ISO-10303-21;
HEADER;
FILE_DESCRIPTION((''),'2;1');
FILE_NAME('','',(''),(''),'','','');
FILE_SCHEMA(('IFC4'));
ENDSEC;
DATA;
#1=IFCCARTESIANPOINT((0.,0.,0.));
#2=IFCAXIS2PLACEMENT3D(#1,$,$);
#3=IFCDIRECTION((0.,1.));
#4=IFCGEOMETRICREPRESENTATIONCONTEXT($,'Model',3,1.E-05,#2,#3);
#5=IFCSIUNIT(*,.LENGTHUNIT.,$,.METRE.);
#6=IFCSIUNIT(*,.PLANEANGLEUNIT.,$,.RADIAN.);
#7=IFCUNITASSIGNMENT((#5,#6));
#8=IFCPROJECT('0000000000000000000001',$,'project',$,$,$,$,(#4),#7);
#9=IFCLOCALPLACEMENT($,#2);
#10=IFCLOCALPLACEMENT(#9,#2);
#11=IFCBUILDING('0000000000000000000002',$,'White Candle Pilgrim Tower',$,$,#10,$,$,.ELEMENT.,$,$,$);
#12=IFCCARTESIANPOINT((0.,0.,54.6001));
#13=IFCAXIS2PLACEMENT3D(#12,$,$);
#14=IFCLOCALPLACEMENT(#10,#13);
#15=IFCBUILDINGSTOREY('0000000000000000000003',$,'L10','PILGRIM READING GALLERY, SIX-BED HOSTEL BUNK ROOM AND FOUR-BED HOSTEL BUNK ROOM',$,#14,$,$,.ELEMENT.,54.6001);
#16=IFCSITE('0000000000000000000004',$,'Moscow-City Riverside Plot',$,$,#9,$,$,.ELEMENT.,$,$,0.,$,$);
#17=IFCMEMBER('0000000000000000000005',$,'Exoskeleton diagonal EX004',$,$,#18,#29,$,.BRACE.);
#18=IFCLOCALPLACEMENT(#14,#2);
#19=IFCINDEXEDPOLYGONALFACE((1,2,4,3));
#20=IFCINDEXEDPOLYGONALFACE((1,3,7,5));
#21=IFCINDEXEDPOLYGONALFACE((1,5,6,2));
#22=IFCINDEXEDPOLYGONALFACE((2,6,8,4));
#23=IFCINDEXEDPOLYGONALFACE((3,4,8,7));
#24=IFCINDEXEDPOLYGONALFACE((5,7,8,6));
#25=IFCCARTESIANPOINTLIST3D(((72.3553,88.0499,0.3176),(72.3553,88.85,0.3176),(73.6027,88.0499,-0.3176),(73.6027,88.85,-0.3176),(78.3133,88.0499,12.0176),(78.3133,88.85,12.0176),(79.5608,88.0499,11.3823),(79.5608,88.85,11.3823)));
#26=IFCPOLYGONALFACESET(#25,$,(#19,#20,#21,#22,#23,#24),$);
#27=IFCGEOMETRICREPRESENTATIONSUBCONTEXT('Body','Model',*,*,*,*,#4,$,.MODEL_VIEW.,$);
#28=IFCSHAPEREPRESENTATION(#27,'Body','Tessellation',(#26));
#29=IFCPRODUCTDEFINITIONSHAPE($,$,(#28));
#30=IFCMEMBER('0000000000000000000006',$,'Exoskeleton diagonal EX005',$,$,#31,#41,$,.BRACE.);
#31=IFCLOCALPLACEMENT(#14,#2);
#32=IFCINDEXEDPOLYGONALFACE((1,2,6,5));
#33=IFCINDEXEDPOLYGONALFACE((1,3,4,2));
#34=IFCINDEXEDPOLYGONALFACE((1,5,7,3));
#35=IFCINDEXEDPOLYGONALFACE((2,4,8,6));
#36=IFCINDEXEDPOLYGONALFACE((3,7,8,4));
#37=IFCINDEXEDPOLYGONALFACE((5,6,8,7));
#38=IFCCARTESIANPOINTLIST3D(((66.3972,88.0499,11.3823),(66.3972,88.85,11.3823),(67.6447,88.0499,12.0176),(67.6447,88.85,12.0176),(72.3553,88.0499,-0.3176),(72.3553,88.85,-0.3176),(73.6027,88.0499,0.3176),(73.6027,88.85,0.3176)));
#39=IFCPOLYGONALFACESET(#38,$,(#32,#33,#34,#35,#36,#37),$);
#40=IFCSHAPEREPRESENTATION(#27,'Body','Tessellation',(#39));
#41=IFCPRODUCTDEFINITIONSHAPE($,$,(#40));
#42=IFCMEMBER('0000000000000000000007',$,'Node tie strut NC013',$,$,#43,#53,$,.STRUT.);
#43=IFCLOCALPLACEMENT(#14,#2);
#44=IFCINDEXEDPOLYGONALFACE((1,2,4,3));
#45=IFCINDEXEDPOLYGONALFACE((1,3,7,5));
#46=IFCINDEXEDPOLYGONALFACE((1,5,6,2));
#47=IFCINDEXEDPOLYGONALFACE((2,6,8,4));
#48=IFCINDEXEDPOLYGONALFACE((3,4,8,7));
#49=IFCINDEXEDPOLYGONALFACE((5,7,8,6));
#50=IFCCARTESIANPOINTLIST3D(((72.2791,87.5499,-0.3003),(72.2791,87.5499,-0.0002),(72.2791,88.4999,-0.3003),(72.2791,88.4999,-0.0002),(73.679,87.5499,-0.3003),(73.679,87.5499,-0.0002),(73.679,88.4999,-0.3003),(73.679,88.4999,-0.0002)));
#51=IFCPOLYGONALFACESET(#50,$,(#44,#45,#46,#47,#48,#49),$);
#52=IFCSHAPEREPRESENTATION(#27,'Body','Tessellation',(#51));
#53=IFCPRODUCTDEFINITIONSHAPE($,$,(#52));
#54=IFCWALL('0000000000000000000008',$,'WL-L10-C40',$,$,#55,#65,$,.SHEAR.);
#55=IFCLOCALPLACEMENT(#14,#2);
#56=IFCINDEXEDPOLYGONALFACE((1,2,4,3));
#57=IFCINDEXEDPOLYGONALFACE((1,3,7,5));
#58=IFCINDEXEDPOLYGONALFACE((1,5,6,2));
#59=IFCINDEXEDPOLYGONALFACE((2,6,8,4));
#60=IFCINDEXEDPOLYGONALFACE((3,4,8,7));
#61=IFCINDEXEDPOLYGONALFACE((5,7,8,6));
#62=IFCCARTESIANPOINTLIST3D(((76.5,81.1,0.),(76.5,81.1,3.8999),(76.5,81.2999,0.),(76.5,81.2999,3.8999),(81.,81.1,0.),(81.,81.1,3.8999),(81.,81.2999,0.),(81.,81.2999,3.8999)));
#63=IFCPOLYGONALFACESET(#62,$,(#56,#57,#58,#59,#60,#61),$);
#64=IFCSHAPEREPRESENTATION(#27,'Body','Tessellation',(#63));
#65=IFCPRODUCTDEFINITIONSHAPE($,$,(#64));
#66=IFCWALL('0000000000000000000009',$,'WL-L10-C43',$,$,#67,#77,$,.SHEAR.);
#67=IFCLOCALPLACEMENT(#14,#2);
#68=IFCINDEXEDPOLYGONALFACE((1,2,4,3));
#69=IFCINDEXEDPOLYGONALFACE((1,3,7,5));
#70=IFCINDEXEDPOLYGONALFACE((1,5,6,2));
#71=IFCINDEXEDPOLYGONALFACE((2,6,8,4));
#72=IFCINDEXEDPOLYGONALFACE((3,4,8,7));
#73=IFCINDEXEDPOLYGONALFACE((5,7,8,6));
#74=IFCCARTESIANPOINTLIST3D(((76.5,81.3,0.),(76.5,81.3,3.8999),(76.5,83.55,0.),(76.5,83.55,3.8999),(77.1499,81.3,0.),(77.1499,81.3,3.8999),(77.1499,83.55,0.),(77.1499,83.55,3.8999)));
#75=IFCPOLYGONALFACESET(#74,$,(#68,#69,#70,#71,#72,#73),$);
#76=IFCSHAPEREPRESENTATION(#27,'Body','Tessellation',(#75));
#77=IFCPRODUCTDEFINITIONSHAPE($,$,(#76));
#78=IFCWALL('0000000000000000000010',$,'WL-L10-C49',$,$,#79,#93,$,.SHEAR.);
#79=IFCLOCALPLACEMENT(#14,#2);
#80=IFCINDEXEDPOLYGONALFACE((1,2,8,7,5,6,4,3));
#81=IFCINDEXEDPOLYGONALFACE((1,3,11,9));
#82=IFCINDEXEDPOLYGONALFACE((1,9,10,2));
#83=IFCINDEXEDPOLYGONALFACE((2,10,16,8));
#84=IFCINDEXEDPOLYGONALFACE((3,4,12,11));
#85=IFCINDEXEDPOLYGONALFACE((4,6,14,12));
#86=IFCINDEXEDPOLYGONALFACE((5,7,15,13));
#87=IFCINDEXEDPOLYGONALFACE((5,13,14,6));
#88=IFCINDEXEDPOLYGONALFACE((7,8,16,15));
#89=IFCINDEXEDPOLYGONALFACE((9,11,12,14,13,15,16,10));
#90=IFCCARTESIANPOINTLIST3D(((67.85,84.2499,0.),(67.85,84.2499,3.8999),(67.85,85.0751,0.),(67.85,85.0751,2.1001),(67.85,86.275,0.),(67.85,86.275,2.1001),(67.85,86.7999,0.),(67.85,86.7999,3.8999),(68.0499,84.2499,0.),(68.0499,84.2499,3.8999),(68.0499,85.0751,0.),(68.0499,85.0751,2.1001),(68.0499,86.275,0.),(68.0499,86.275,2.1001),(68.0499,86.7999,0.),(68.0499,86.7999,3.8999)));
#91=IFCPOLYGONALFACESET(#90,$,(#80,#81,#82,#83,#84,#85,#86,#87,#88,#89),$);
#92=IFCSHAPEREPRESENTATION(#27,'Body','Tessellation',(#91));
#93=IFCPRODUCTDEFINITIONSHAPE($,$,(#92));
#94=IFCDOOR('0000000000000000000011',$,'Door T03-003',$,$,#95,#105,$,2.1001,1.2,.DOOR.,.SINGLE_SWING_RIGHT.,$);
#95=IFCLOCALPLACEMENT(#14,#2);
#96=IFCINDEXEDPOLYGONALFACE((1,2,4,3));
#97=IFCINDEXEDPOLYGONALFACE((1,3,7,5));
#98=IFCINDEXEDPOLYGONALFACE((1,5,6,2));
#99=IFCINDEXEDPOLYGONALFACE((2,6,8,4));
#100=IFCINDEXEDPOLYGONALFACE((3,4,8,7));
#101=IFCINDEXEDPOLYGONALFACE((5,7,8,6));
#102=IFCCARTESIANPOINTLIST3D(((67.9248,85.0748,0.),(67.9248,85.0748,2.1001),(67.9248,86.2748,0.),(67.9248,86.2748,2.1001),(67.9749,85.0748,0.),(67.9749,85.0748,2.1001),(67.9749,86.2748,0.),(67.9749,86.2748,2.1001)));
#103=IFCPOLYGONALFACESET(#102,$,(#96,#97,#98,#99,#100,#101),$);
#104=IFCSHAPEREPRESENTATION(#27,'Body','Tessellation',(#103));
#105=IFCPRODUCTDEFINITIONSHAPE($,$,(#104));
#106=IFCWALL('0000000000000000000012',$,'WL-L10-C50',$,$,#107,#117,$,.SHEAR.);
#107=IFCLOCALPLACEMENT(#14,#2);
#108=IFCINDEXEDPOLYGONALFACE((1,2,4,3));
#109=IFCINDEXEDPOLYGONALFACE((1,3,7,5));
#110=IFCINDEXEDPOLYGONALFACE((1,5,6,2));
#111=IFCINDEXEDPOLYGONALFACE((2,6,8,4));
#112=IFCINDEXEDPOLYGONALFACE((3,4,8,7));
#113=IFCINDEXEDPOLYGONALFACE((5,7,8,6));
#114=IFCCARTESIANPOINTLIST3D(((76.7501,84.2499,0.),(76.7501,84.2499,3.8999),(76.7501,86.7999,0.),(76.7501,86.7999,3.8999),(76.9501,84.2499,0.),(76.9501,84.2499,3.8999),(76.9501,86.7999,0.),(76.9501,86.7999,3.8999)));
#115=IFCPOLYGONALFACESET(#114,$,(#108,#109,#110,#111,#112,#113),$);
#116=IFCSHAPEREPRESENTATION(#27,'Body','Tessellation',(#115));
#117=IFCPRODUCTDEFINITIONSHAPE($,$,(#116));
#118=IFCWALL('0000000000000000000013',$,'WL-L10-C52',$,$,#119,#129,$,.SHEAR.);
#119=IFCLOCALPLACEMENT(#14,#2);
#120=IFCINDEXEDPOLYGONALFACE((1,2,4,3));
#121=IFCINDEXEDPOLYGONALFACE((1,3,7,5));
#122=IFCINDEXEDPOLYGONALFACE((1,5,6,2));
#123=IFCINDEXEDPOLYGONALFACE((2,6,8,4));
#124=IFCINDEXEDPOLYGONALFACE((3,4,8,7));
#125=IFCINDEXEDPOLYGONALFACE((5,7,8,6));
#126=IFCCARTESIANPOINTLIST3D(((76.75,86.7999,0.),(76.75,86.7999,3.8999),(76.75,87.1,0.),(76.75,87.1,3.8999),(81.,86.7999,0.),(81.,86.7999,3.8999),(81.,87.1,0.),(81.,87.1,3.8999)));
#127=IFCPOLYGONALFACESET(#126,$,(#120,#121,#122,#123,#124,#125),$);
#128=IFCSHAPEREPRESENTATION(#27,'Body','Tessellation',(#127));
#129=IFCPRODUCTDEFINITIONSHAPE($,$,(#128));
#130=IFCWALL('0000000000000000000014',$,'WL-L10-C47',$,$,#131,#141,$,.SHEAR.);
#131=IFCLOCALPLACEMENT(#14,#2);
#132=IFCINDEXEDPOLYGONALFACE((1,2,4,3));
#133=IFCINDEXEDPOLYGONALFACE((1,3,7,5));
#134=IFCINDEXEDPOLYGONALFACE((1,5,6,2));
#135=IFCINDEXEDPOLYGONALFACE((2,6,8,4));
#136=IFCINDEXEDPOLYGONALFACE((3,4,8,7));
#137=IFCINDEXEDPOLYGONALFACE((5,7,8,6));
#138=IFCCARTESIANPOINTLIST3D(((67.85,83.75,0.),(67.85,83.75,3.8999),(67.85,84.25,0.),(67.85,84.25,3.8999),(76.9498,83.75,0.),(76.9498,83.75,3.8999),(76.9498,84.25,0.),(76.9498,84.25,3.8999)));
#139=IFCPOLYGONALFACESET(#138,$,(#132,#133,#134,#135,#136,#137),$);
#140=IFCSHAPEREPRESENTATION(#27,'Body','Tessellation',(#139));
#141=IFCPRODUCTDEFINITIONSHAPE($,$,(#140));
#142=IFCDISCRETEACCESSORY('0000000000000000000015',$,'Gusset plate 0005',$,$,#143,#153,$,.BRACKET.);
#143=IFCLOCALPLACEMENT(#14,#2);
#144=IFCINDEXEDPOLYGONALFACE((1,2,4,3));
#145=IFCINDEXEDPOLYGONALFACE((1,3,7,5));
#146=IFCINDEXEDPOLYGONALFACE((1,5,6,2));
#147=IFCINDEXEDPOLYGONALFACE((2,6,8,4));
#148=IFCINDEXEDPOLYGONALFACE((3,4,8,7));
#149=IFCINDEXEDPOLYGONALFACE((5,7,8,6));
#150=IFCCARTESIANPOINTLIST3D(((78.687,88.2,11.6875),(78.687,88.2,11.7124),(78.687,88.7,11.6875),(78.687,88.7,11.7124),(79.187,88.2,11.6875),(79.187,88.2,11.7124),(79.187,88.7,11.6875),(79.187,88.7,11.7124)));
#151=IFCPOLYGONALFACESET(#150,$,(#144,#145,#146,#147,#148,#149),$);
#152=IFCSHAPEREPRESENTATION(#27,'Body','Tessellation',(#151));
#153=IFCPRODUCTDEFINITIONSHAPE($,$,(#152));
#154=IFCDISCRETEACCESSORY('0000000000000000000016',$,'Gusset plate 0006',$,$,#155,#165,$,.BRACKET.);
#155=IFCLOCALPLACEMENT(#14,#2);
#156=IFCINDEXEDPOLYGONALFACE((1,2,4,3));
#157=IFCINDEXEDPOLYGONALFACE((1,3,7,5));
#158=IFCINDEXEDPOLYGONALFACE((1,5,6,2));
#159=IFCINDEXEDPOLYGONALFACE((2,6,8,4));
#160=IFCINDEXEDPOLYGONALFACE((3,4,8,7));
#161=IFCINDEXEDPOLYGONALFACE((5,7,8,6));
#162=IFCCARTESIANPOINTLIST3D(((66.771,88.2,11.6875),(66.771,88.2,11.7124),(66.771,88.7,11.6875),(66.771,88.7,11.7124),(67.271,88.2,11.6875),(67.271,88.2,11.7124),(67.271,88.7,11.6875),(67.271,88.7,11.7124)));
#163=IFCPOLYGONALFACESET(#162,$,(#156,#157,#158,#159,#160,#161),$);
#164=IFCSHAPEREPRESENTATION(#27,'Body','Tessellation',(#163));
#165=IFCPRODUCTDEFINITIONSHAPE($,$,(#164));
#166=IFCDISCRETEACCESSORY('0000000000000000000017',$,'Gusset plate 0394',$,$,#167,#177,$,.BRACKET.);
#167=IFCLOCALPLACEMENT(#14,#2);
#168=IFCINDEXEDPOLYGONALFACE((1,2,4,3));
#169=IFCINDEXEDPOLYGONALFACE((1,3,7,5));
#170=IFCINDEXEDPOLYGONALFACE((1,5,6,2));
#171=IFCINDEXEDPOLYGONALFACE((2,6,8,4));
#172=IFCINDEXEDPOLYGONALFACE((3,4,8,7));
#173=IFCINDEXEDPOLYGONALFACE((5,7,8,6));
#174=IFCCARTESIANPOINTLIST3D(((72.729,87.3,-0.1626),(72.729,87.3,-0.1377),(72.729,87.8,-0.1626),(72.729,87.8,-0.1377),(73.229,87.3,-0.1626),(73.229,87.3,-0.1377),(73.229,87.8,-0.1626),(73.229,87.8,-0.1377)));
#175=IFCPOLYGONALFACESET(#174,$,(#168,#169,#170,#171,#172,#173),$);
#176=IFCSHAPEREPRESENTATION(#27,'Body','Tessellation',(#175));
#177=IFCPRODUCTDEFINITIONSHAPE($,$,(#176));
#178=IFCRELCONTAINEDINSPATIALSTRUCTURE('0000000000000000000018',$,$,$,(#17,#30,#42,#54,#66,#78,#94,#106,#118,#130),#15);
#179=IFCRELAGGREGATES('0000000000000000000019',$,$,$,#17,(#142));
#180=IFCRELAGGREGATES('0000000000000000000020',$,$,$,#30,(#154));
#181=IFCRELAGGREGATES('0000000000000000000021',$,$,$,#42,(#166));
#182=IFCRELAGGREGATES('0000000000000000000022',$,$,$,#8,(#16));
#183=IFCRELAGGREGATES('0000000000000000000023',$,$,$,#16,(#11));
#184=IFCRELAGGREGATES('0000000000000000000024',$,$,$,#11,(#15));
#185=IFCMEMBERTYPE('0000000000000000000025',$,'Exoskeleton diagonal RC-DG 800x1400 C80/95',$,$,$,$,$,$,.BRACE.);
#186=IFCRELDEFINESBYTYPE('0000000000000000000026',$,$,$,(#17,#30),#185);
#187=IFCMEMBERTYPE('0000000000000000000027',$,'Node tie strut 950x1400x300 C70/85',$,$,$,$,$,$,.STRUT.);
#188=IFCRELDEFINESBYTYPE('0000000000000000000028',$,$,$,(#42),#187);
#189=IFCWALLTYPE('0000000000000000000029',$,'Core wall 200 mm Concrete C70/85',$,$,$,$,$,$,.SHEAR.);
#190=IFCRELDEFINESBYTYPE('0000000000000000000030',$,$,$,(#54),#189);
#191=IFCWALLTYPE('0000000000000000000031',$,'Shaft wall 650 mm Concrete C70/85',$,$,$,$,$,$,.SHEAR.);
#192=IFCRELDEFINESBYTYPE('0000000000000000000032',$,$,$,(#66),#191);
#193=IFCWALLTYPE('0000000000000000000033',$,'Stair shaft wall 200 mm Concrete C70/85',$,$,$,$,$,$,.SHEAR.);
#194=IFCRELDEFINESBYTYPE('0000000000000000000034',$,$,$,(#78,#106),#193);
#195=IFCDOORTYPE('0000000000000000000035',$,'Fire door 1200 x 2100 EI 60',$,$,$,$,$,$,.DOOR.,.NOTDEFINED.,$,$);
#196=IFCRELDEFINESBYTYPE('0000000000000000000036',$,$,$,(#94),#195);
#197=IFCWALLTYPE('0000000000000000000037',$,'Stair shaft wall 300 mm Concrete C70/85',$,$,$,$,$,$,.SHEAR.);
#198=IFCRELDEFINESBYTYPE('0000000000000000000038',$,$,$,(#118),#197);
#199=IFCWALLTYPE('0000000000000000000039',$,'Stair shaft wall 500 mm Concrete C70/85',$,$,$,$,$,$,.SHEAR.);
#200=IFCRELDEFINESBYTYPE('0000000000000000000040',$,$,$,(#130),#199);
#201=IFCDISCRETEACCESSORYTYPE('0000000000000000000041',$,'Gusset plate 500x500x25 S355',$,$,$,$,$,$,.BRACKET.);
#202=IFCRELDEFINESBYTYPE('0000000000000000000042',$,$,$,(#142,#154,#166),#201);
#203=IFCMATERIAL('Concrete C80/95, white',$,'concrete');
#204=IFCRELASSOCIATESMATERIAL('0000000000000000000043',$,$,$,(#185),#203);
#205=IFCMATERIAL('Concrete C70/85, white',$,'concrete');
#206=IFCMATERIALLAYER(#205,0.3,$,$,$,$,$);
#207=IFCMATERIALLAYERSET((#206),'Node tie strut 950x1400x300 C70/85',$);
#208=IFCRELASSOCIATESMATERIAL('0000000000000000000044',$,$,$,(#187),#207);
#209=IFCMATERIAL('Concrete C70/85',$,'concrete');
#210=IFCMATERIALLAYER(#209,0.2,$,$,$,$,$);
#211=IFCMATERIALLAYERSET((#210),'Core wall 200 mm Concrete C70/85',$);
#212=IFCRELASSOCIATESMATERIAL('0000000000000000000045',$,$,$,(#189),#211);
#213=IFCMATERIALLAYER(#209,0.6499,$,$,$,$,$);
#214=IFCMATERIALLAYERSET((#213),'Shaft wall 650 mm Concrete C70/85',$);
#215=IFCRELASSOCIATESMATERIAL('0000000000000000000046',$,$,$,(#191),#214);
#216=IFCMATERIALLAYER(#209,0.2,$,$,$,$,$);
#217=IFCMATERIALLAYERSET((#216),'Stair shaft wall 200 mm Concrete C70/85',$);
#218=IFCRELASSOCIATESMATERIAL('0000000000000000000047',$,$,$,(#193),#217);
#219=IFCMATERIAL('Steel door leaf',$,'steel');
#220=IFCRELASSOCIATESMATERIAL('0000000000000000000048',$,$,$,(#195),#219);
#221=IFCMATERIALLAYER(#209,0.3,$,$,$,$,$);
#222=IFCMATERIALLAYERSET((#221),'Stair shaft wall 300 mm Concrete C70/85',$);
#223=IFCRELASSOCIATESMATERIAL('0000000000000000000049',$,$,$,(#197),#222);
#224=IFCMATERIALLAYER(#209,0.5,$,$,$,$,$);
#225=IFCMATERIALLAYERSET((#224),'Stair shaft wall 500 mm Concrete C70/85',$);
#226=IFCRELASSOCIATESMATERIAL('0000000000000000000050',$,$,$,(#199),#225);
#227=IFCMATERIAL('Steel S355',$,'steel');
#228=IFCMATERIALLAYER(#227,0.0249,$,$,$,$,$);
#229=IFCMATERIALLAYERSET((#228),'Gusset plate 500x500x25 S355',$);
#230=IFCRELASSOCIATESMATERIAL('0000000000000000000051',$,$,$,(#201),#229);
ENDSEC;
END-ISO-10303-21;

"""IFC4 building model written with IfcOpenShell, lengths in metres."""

from ifc_helpers import new_model, si_unit, direction, frame, frame_2d, origin, origin_2d, place, context, subcontext, project, spatial, rectangle, extrude, material, layer, layer_set, material_profile, profile_set, type_object, element, fill, aggregate, save


model = new_model("IFC4")

# Units and contexts
model_context = context("Model", 3, precision=1e-05, world=origin(), true_north=direction((0.0, 1.0)))
body_context = subcontext(model_context, "Body", "Model", "MODEL_VIEW")
ifc_project = project(units=[si_unit("LENGTHUNIT", "METRE"), si_unit("PLANEANGLEUNIT", "RADIAN")], contexts=[model_context])

# Site, building, storey
site_placement = place(None, origin())
site = spatial("IfcSite", under=ifc_project, at=site_placement, Name="Moscow-City Riverside Plot", CompositionType="ELEMENT", RefElevation=0.0)
building_placement = place(site_placement, origin())
building = spatial("IfcBuilding", under=site, at=building_placement, Name="White Candle Pilgrim Tower", CompositionType="ELEMENT")
storey_placement = place(building_placement, frame((0.0, 0.0, 54.6001)))
storey = spatial("IfcBuildingStorey", under=building, at=storey_placement, Name="L10", Description="PILGRIM READING GALLERY, SIX-BED HOSTEL BUNK ROOM AND FOUR-BED HOSTEL BUNK ROOM", CompositionType="ELEMENT", Elevation=54.6001)

# Members
ifc_material_1 = material(Name="Concrete C80/95, white", Category="concrete")
ifc_material_profile = material_profile(ifc_material_1, rectangle(XDim=0.8, YDim=1.3999, at=origin_2d()), Name="RC-DG 800x1400")
ifc_profile_set = profile_set([ifc_material_profile], Name="Concrete C80/95, white")
member_type_1 = type_object("IfcMemberType", Name="Exoskeleton diagonal RC-DG 800x1400 C80/95", PredefinedType="BRACE", material=ifc_profile_set)
member_1_placement = place(storey_placement, frame((72.979, 88.45, 0.0), z_axis=(0.453784, 0.0, 0.891112), x_axis=(0.0, 1.0, 0.0)))
member_1 = element("IfcMember", 1, at=member_1_placement, inside=storey, type_object=member_type_1, Name="Exoskeleton diagonal EX004", PredefinedType="BRACE", context=body_context, shape_type="SweptSolid", body=[
    extrude(rectangle(XDim=0.8, YDim=1.3999, at=origin_2d()), origin(), (0.0, 0.0, 1.0), 13.1296),
])
member_2_placement = place(storey_placement, frame((72.979, 88.45, 0.0), z_axis=(-0.453784, 0.0, 0.891112), x_axis=(0.0, -1.0, 0.0)))
member_2 = element("IfcMember", 2, at=member_2_placement, inside=storey, type_object=member_type_1, Name="Exoskeleton diagonal EX005", PredefinedType="BRACE", context=body_context, shape_type="SweptSolid", body=[
    extrude(rectangle(XDim=0.8, YDim=1.3999, at=origin_2d()), origin(), (0.0, 0.0, 1.0), 13.1296),
])
ifc_material_2 = material(Name="Concrete C70/85, white", Category="concrete")
ifc_layer_1 = layer(ifc_material_2, 0.3)
ifc_layer_set_1 = layer_set([ifc_layer_1], Name="Node tie strut 950x1400x300 C70/85")
member_type_2 = type_object("IfcMemberType", Name="Node tie strut 950x1400x300 C70/85", PredefinedType="STRUT", material=ifc_layer_set_1)
member_3_placement = place(storey_placement, frame((72.979, 88.0249, -0.3003), z_axis=(0.0, 0.0, 1.0), x_axis=(-1.0, 0.0, 0.0)))
member_3 = element("IfcMember", 3, at=member_3_placement, inside=storey, type_object=member_type_2, Name="Node tie strut NC013", PredefinedType="STRUT", context=body_context, shape_type="SweptSolid", body=[
    extrude(rectangle(XDim=1.3999, YDim=0.95, at=origin_2d()), origin(), (0.0, 0.0, 1.0), 0.3),
])

# Walls
ifc_material_3 = material(Name="Concrete C70/85", Category="concrete")
ifc_layer_2 = layer(ifc_material_3, 0.2)
ifc_layer_set_2 = layer_set([ifc_layer_2], Name="Core wall 200 mm Concrete C70/85")
wall_type_1 = type_object("IfcWallType", Name="Core wall 200 mm Concrete C70/85", PredefinedType="SHEAR", material=ifc_layer_set_2)
wall_1_placement = place(storey_placement, frame((76.5, 81.2, 0.0), z_axis=(0.0, 0.0, 1.0), x_axis=(1.0, 0.0, 0.0)))
element("IfcWall", 4, at=wall_1_placement, inside=storey, type_object=wall_type_1, Name="WL-L10-C40", PredefinedType="SHEAR", context=body_context, shape_type="SweptSolid", body=[
    extrude(rectangle(XDim=4.5, YDim=0.2, at=frame_2d((2.25, 0.0))), origin(), (0.0, 0.0, 1.0), 3.8999),
])
ifc_layer_3 = layer(ifc_material_3, 0.6499)
ifc_layer_set_3 = layer_set([ifc_layer_3], Name="Shaft wall 650 mm Concrete C70/85")
wall_type_2 = type_object("IfcWallType", Name="Shaft wall 650 mm Concrete C70/85", PredefinedType="SHEAR", material=ifc_layer_set_3)
wall_2_placement = place(storey_placement, frame((76.825, 81.3, 0.0), z_axis=(0.0, 0.0, 1.0), x_axis=(0.0, 1.0, 0.0)))
element("IfcWall", 5, at=wall_2_placement, inside=storey, type_object=wall_type_2, Name="WL-L10-C43", PredefinedType="SHEAR", context=body_context, shape_type="SweptSolid", body=[
    extrude(rectangle(XDim=2.25, YDim=0.6499, at=frame_2d((1.125, 0.0))), origin(), (0.0, 0.0, 1.0), 3.8999),
])

# Wall, opening, door
ifc_layer_4 = layer(ifc_material_3, 0.2)
ifc_layer_set_4 = layer_set([ifc_layer_4], Name="Stair shaft wall 200 mm Concrete C70/85")
wall_type_3 = type_object("IfcWallType", Name="Stair shaft wall 200 mm Concrete C70/85", PredefinedType="SHEAR", material=ifc_layer_set_4)
wall_3_placement = place(storey_placement, frame((67.95, 84.25, 0.0), z_axis=(0.0, 0.0, 1.0), x_axis=(0.0, 1.0, 0.0)))
wall_3 = element("IfcWall", 6, at=wall_3_placement, inside=storey, type_object=wall_type_3, Name="WL-L10-C49", PredefinedType="SHEAR", context=body_context, shape_type="SweptSolid", body=[
    extrude(rectangle(XDim=2.55, YDim=0.2, at=frame_2d((1.2749, 0.0))), origin(), (0.0, 0.0, 1.0), 3.8999),
])
opening_placement = place(wall_3_placement, frame((0.825, 0.0, 0.0)))
opening = element("IfcOpeningElement", 7, at=opening_placement, cuts=wall_3, PredefinedType="OPENING", context=body_context, shape_type="SweptSolid", body=[
    extrude(rectangle(XDim=1.2, YDim=2.1001, at=frame_2d((0.6001, 1.05))), frame((0.0, 0.1099, 0.0), z_axis=(0.0, -1.0, 0.0), x_axis=(1.0, 0.0, 0.0)), (0.0, 0.0, 1.0), 0.22),
])
ifc_material_4 = material(Name="Steel door leaf", Category="steel")
door_type = type_object("IfcDoorType", Name="Fire door 1200 x 2100 EI 60", OperationType="NOTDEFINED", PredefinedType="DOOR", material=ifc_material_4)
door_placement = place(opening_placement, frame((1.2, 0.0, 0.0), z_axis=(0.0, 0.0, 1.0), x_axis=(-1.0, 0.0, 0.0)))
door = element("IfcDoor", 8, at=door_placement, inside=storey, type_object=door_type, Name="Door T03-003", OperationType="SINGLE_SWING_RIGHT", OverallHeight=2.1001, OverallWidth=1.2, PredefinedType="DOOR", context=body_context, shape_type="SweptSolid", body=[
    extrude(rectangle(XDim=1.2, YDim=2.1001, at=frame_2d((0.6001, 1.05))), frame((0.0, 0.0249, 0.0), z_axis=(0.0, -1.0, 0.0), x_axis=(1.0, 0.0, 0.0)), (0.0, 0.0, 1.0), 0.05),
])
fill(opening, door)

# Walls
wall_4_placement = place(storey_placement, frame((76.8501, 84.25, 0.0), z_axis=(0.0, 0.0, 1.0), x_axis=(0.0, 1.0, 0.0)))
element("IfcWall", 9, at=wall_4_placement, inside=storey, type_object=wall_type_3, Name="WL-L10-C50", PredefinedType="SHEAR", context=body_context, shape_type="SweptSolid", body=[
    extrude(rectangle(XDim=2.55, YDim=0.2, at=frame_2d((1.2749, 0.0))), origin(), (0.0, 0.0, 1.0), 3.8999),
])
ifc_layer_5 = layer(ifc_material_3, 0.3)
ifc_layer_set_5 = layer_set([ifc_layer_5], Name="Stair shaft wall 300 mm Concrete C70/85")
wall_type_4 = type_object("IfcWallType", Name="Stair shaft wall 300 mm Concrete C70/85", PredefinedType="SHEAR", material=ifc_layer_set_5)
wall_5_placement = place(storey_placement, frame((76.75, 86.95, 0.0), z_axis=(0.0, 0.0, 1.0), x_axis=(1.0, 0.0, 0.0)))
element("IfcWall", 10, at=wall_5_placement, inside=storey, type_object=wall_type_4, Name="WL-L10-C52", PredefinedType="SHEAR", context=body_context, shape_type="SweptSolid", body=[
    extrude(rectangle(XDim=4.25, YDim=0.3, at=frame_2d((2.125, 0.0))), origin(), (0.0, 0.0, 1.0), 3.8999),
])
ifc_layer_6 = layer(ifc_material_3, 0.5)
ifc_layer_set_6 = layer_set([ifc_layer_6], Name="Stair shaft wall 500 mm Concrete C70/85")
wall_type_5 = type_object("IfcWallType", Name="Stair shaft wall 500 mm Concrete C70/85", PredefinedType="SHEAR", material=ifc_layer_set_6)
wall_6_placement = place(storey_placement, frame((67.8501, 84.0, 0.0), z_axis=(0.0, 0.0, 1.0), x_axis=(1.0, 0.0, 0.0)))
element("IfcWall", 11, at=wall_6_placement, inside=storey, type_object=wall_type_5, Name="WL-L10-C47", PredefinedType="SHEAR", context=body_context, shape_type="SweptSolid", body=[
    extrude(rectangle(XDim=9.0999, YDim=0.5, at=frame_2d((4.5498, 0.0))), origin(), (0.0, 0.0, 1.0), 3.8999),
])

# Discrete accessories
ifc_material_5 = material(Name="Steel S355", Category="steel")
ifc_layer_7 = layer(ifc_material_5, 0.0249)
ifc_layer_set_7 = layer_set([ifc_layer_7], Name="Gusset plate 500x500x25 S355")
discrete_accessory_type = type_object("IfcDiscreteAccessoryType", Name="Gusset plate 500x500x25 S355", PredefinedType="BRACKET", material=ifc_layer_set_7)
placement = place(building_placement, frame((0.0, 0.0, 66.3)))
discrete_accessory_1_placement = place(placement, frame((78.937, 88.45, -0.0125), z_axis=(0.0, 0.0, 1.0), x_axis=(1.0, 0.0, 0.0)))
discrete_accessory_1 = element("IfcDiscreteAccessory", 12, at=discrete_accessory_1_placement, type_object=discrete_accessory_type, Name="Gusset plate 0005", PredefinedType="BRACKET", context=body_context, shape_type="SweptSolid", body=[
    extrude(rectangle(XDim=0.5, YDim=0.5, at=origin_2d()), origin(), (0.0, 0.0, 1.0), 0.0249),
])
aggregate(member_1, [discrete_accessory_1])
discrete_accessory_2_placement = place(placement, frame((67.021, 88.45, -0.0125), z_axis=(0.0, 0.0, 1.0), x_axis=(1.0, 0.0, 0.0)))
discrete_accessory_2 = element("IfcDiscreteAccessory", 13, at=discrete_accessory_2_placement, type_object=discrete_accessory_type, Name="Gusset plate 0006", PredefinedType="BRACKET", context=body_context, shape_type="SweptSolid", body=[
    extrude(rectangle(XDim=0.5, YDim=0.5, at=origin_2d()), origin(), (0.0, 0.0, 1.0), 0.0249),
])
aggregate(member_2, [discrete_accessory_2])
discrete_accessory_3_placement = place(storey_placement, frame((72.979, 87.55, -0.1626), z_axis=(0.0, 0.0, 1.0), x_axis=(1.0, 0.0, 0.0)))
discrete_accessory_3 = element("IfcDiscreteAccessory", 14, at=discrete_accessory_3_placement, type_object=discrete_accessory_type, Name="Gusset plate 0394", PredefinedType="BRACKET", context=body_context, shape_type="SweptSolid", body=[
    extrude(rectangle(XDim=0.5, YDim=0.5, at=origin_2d()), origin(), (0.0, 0.0, 1.0), 0.0249),
])
aggregate(member_3, [discrete_accessory_3])

save(model, "model.ifc")
